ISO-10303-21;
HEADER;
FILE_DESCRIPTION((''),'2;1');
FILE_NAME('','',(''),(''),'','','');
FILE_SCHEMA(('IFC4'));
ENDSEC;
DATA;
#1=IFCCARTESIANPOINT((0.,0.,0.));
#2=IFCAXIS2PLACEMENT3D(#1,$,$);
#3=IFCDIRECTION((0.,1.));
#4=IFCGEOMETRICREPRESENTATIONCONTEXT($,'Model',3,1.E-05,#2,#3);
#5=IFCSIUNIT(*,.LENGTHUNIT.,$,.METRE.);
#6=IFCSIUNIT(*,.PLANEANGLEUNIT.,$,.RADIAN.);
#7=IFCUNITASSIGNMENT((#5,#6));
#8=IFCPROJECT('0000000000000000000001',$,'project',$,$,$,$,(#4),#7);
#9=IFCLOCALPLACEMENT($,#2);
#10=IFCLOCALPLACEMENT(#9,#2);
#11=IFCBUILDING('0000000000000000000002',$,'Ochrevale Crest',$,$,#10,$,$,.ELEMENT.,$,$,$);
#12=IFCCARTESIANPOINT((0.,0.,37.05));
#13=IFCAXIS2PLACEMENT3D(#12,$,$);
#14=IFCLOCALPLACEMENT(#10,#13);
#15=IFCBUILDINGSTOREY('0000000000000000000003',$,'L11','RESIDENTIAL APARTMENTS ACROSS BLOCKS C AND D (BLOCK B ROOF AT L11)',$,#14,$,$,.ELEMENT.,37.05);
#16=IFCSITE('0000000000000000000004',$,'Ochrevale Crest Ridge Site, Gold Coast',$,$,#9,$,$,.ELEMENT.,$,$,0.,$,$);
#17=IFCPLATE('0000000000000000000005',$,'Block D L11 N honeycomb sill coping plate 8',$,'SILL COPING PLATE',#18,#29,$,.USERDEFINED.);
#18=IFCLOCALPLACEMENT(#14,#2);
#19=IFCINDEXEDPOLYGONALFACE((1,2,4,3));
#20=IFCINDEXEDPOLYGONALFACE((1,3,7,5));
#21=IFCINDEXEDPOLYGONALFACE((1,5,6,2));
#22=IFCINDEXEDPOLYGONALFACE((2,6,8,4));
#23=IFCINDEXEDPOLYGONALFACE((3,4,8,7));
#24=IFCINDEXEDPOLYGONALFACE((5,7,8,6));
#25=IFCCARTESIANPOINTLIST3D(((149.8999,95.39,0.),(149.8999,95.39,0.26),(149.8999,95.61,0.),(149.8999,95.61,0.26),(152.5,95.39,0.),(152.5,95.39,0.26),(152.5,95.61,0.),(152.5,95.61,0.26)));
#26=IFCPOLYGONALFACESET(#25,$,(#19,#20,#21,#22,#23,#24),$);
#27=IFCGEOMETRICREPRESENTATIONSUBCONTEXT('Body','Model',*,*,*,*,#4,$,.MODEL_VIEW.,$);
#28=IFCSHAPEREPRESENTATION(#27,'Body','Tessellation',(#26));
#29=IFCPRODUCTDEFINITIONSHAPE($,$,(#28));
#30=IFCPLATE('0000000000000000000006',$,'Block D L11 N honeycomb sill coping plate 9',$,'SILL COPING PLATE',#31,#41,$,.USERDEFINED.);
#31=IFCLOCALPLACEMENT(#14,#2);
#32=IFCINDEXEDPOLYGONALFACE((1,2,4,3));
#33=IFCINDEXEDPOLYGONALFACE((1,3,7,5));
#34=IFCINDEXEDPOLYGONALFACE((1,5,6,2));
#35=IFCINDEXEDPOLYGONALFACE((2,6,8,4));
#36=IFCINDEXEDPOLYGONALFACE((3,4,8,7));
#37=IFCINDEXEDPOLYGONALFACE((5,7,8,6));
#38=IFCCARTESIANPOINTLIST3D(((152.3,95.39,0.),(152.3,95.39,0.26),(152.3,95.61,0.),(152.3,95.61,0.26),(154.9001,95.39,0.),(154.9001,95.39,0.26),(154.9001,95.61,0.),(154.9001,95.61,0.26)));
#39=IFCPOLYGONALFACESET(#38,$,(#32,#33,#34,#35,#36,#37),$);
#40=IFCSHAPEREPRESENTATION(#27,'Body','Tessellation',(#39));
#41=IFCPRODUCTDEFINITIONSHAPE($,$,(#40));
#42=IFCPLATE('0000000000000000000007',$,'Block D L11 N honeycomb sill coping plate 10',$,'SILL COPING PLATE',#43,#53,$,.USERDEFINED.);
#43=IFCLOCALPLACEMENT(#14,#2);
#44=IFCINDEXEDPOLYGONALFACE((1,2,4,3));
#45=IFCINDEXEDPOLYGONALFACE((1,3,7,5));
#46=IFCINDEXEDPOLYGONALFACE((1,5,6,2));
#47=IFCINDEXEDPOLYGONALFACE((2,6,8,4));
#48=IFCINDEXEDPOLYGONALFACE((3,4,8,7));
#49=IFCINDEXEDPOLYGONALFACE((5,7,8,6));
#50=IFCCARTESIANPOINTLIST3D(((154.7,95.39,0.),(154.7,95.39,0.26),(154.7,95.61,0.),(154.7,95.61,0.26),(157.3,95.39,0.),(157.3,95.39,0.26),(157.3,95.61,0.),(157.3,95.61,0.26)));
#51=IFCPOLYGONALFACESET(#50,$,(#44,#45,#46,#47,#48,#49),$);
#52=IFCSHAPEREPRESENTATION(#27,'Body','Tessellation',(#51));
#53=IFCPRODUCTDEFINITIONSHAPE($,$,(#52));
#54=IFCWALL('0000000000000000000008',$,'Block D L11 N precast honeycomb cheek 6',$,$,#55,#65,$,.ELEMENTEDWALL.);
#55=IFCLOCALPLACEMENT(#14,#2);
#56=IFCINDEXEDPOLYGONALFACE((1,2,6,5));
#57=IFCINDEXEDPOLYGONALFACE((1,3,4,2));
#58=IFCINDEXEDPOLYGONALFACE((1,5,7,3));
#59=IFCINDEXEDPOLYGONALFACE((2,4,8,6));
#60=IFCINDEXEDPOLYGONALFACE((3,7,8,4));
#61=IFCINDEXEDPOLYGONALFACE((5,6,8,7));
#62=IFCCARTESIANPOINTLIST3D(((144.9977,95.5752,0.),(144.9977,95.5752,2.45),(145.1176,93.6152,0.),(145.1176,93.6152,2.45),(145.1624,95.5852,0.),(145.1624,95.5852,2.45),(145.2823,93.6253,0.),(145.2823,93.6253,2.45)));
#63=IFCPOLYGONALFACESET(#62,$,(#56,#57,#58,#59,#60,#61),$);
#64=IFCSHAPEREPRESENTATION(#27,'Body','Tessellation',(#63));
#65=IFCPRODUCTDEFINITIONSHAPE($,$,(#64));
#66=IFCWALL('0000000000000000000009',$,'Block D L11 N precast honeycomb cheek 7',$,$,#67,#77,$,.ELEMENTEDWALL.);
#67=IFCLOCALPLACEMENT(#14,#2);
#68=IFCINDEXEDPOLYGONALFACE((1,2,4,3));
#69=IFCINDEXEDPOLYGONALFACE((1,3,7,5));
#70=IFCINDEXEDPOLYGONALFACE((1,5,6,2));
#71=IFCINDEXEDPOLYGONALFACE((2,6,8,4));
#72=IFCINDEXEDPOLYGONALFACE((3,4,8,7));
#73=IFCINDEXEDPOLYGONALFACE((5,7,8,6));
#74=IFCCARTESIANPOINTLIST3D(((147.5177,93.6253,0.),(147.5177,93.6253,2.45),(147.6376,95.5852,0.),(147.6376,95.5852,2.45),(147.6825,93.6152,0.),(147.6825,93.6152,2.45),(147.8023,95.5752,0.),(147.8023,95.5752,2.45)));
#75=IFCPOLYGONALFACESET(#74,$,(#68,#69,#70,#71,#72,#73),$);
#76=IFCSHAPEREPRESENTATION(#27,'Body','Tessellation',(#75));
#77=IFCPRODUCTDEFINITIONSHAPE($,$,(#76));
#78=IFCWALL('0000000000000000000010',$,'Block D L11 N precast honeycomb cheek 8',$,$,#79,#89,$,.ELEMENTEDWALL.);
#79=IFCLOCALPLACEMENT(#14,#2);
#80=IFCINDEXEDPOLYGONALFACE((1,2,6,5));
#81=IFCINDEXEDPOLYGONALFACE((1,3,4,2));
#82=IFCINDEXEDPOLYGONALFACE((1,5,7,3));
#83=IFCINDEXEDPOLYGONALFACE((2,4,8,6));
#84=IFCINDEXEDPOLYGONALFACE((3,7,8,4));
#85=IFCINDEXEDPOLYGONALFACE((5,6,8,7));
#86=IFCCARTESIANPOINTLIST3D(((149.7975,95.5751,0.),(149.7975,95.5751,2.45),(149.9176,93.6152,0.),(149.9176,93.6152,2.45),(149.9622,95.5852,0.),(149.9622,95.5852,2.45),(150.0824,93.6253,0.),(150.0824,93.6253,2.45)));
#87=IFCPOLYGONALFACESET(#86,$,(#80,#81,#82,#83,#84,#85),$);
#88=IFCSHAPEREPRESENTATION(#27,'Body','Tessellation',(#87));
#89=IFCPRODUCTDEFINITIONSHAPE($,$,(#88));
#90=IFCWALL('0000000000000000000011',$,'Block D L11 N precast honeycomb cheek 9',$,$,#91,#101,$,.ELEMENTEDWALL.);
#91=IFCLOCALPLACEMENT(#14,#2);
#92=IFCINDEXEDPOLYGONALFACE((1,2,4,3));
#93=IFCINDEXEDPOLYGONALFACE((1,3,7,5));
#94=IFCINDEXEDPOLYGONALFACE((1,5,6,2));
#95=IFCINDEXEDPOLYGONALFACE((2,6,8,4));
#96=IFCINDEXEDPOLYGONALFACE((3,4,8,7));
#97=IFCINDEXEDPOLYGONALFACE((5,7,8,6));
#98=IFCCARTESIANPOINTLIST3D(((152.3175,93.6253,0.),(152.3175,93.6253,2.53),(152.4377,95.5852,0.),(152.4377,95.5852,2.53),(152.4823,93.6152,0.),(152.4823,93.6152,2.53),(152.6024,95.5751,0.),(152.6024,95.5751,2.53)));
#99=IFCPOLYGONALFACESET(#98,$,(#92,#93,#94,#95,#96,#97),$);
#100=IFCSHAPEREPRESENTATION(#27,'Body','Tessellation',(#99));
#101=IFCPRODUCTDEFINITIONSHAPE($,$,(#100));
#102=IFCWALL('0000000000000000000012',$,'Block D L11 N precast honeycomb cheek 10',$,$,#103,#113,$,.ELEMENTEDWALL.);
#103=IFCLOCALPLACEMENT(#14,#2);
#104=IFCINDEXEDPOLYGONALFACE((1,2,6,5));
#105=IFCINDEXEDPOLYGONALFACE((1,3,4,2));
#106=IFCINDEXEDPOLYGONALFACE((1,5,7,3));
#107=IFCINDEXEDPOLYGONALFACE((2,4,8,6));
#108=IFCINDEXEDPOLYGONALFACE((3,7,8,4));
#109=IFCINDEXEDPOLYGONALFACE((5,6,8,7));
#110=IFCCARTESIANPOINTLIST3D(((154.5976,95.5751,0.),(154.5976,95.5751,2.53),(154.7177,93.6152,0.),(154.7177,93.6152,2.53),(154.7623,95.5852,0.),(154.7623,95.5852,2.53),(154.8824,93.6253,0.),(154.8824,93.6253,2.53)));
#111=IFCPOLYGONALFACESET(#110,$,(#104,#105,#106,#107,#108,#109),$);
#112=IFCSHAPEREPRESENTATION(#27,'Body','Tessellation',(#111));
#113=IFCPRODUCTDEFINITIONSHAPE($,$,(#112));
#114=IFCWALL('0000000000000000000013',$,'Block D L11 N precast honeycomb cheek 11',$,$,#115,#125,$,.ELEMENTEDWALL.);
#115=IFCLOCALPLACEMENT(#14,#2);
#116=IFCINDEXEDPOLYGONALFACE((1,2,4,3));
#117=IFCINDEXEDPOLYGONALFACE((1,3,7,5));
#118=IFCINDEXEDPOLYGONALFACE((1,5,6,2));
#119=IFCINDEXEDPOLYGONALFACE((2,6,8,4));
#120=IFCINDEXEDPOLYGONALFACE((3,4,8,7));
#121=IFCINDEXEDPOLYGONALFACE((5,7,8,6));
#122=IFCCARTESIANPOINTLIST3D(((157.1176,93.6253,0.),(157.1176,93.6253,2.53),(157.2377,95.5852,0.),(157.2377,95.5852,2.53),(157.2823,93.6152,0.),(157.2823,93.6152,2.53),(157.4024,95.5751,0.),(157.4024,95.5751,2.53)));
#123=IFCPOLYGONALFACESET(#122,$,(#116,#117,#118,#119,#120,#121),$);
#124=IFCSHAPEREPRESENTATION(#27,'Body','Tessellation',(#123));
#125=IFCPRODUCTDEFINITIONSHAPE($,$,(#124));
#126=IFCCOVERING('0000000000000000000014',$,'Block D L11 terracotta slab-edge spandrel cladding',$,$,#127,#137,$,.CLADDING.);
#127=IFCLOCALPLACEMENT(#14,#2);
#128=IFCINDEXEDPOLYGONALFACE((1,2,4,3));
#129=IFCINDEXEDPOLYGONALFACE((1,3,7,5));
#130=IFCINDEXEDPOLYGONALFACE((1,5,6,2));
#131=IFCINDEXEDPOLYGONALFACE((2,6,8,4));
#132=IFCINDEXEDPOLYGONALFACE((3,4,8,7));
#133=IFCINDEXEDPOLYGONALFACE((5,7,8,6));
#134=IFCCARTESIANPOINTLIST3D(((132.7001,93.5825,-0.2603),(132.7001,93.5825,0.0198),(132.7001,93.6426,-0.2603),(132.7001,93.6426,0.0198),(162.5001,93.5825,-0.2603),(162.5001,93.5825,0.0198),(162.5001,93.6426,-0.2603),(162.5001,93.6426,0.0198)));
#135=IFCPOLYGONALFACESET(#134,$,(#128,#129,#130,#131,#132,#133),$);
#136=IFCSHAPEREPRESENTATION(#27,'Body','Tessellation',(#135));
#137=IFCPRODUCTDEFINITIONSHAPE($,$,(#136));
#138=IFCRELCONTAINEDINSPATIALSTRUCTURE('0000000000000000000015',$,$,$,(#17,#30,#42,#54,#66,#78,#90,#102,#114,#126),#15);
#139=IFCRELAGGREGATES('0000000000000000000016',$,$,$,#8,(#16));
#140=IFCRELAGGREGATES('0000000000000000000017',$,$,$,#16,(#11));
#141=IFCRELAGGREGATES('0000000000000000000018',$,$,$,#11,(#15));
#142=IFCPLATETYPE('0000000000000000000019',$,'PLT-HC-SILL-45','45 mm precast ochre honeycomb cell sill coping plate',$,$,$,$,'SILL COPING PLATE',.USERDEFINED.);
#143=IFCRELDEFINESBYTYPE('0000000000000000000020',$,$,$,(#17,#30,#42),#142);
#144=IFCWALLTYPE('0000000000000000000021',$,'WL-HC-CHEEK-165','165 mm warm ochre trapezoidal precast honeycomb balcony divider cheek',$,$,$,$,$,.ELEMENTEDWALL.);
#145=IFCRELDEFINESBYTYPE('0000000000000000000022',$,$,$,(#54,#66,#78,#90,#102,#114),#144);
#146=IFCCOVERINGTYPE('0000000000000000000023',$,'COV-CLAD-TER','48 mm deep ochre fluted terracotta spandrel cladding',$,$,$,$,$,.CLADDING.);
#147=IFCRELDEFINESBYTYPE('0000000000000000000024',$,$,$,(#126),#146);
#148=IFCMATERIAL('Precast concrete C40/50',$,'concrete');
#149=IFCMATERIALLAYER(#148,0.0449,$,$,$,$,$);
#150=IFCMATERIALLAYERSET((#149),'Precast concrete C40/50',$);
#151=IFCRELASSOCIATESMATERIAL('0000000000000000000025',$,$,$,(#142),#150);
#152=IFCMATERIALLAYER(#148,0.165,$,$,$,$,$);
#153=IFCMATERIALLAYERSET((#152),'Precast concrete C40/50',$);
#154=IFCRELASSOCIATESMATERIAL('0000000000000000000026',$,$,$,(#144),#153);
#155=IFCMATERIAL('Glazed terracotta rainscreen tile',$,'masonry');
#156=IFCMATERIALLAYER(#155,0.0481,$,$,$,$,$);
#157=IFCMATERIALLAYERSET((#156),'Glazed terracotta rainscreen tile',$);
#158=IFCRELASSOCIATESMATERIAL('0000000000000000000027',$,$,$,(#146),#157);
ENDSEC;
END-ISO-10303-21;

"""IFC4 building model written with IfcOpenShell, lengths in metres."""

from ifc_helpers import new_model, si_unit, direction, frame, frame_2d, origin, origin_2d, place, context, subcontext, project, spatial, rectangle, extrude, material, layer, layer_set, type_object, element, save


model = new_model("IFC4")

# Units and contexts
model_context = context("Model", 3, precision=1e-05, world=origin(), true_north=direction((0.0, 1.0)))
body_context = subcontext(model_context, "Body", "Model", "MODEL_VIEW")
ifc_project = project(units=[si_unit("LENGTHUNIT", "METRE"), si_unit("PLANEANGLEUNIT", "RADIAN")], contexts=[model_context])

# Site, building, storey
site_placement = place(None, origin())
site = spatial("IfcSite", under=ifc_project, at=site_placement, Name="Ochrevale Crest Ridge Site, Gold Coast", CompositionType="ELEMENT", RefElevation=0.0)
building_placement = place(site_placement, origin())
building = spatial("IfcBuilding", under=site, at=building_placement, Name="Ochrevale Crest", CompositionType="ELEMENT")
storey_placement = place(building_placement, frame((0.0, 0.0, 37.05)))
storey = spatial("IfcBuildingStorey", under=building, at=storey_placement, Name="L11", Description="RESIDENTIAL APARTMENTS ACROSS BLOCKS C AND D (BLOCK B ROOF AT L11)", CompositionType="ELEMENT", Elevation=37.05)

# Shared definitions
ifc_material_1 = material(Name="Precast concrete C40/50", Category="concrete")

# Plates
ifc_layer_1 = layer(ifc_material_1, 0.0449)
ifc_layer_set_1 = layer_set([ifc_layer_1], Name="Precast concrete C40/50")
plate_type_1 = type_object("IfcPlateType", Name="PLT-HC-SILL-45", Description="45 mm precast ochre honeycomb cell sill coping plate", ElementType="SILL COPING PLATE", PredefinedType="USERDEFINED", material=ifc_layer_set_1)
for number, where, z_axis, x_axis, name in (
    (1, (151.2, 95.5, 0.0), (0.0, 0.0, 1.0), (1.0, 0.0, 0.0), "Block D L11 N honeycomb sill coping plate 8"),
    (2, (153.6001, 95.5, 0.0), (0.0, 0.0, 1.0), (1.0, 0.0, 0.0), "Block D L11 N honeycomb sill coping plate 9"),
    (3, (156.0, 95.5, 0.0), (0.0, 0.0, 1.0), (1.0, 0.0, 0.0), "Block D L11 N honeycomb sill coping plate 10"),
):
    element("IfcPlate", number, at=place(storey_placement, frame(where, z_axis=z_axis, x_axis=x_axis)), inside=storey, type_object=plate_type_1, Name=name, ObjectType="SILL COPING PLATE", PredefinedType="USERDEFINED", context=body_context, shape_type="SweptSolid", body=[
        extrude(rectangle(XDim=2.6001, YDim=0.22, at=origin_2d()), origin(), (0.0, 0.0, 1.0), 0.26),
    ])

# Walls
ifc_layer_2 = layer(ifc_material_1, 0.165)
ifc_layer_set_2 = layer_set([ifc_layer_2], Name="Precast concrete C40/50")
wall_type = type_object("IfcWallType", Name="WL-HC-CHEEK-165", Description="165 mm warm ochre trapezoidal precast honeycomb balcony divider cheek", PredefinedType="ELEMENTEDWALL", material=ifc_layer_set_2)
for number, where, z_axis, x_axis, name in (
    (4, (145.2, 93.6201, 0.0), (0.0, 0.0, 1.0), (-0.061047, 0.998135, 0.0), "Block D L11 N precast honeycomb cheek 6"),
    (5, (147.6001, 93.6201, 0.0), (0.0, 0.0, 1.0), (0.061047, 0.998135, 0.0), "Block D L11 N precast honeycomb cheek 7"),
    (6, (150.0, 93.6201, 0.0), (0.0, 0.0, 1.0), (-0.061171, 0.998127, 0.0), "Block D L11 N precast honeycomb cheek 8"),
):
    element("IfcWall", number, at=place(storey_placement, frame(where, z_axis=z_axis, x_axis=x_axis)), inside=storey, type_object=wall_type, Name=name, PredefinedType="ELEMENTEDWALL", context=body_context, shape_type="SweptSolid", body=[
        extrude(rectangle(XDim=1.9636, YDim=0.165, at=frame_2d((0.9819, 0.0))), origin(), (0.0, 0.0, 1.0), 2.45),
    ])
for number, where, z_axis, x_axis, name in (
    (7, (152.3999, 93.6201, 0.0), (0.0, 0.0, 1.0), (0.061171, 0.998127, 0.0), "Block D L11 N precast honeycomb cheek 9"),
    (8, (154.8, 93.6201, 0.0), (0.0, 0.0, 1.0), (-0.061171, 0.998127, 0.0), "Block D L11 N precast honeycomb cheek 10"),
    (9, (157.2, 93.6201, 0.0), (0.0, 0.0, 1.0), (0.061171, 0.998127, 0.0), "Block D L11 N precast honeycomb cheek 11"),
):
    element("IfcWall", number, at=place(storey_placement, frame(where, z_axis=z_axis, x_axis=x_axis)), inside=storey, type_object=wall_type, Name=name, PredefinedType="ELEMENTEDWALL", context=body_context, shape_type="SweptSolid", body=[
        extrude(rectangle(XDim=1.9636, YDim=0.165, at=frame_2d((0.9819, 0.0))), origin(), (0.0, 0.0, 1.0), 2.53),
    ])

# Covering
ifc_material_2 = material(Name="Glazed terracotta rainscreen tile", Category="masonry")
ifc_layer_3 = layer(ifc_material_2, 0.0481)
ifc_layer_set_3 = layer_set([ifc_layer_3], Name="Glazed terracotta rainscreen tile")
covering_type = type_object("IfcCoveringType", Name="COV-CLAD-TER", Description="48 mm deep ochre fluted terracotta spandrel cladding", PredefinedType="CLADDING", material=ifc_layer_set_3)
covering_placement = place(storey_placement, frame((147.6001, 93.6125, -0.2603), z_axis=(0.0, 0.0, 1.0), x_axis=(-1.0, 0.0, 0.0)))
element("IfcCovering", 10, at=covering_placement, inside=storey, type_object=covering_type, Name="Block D L11 terracotta slab-edge spandrel cladding", PredefinedType="CLADDING", context=body_context, shape_type="SweptSolid", body=[
    extrude(rectangle(XDim=29.8, YDim=0.0601, at=origin_2d()), origin(), (0.0, 0.0, 1.0), 0.28),
])

save(model, "model.ifc")
